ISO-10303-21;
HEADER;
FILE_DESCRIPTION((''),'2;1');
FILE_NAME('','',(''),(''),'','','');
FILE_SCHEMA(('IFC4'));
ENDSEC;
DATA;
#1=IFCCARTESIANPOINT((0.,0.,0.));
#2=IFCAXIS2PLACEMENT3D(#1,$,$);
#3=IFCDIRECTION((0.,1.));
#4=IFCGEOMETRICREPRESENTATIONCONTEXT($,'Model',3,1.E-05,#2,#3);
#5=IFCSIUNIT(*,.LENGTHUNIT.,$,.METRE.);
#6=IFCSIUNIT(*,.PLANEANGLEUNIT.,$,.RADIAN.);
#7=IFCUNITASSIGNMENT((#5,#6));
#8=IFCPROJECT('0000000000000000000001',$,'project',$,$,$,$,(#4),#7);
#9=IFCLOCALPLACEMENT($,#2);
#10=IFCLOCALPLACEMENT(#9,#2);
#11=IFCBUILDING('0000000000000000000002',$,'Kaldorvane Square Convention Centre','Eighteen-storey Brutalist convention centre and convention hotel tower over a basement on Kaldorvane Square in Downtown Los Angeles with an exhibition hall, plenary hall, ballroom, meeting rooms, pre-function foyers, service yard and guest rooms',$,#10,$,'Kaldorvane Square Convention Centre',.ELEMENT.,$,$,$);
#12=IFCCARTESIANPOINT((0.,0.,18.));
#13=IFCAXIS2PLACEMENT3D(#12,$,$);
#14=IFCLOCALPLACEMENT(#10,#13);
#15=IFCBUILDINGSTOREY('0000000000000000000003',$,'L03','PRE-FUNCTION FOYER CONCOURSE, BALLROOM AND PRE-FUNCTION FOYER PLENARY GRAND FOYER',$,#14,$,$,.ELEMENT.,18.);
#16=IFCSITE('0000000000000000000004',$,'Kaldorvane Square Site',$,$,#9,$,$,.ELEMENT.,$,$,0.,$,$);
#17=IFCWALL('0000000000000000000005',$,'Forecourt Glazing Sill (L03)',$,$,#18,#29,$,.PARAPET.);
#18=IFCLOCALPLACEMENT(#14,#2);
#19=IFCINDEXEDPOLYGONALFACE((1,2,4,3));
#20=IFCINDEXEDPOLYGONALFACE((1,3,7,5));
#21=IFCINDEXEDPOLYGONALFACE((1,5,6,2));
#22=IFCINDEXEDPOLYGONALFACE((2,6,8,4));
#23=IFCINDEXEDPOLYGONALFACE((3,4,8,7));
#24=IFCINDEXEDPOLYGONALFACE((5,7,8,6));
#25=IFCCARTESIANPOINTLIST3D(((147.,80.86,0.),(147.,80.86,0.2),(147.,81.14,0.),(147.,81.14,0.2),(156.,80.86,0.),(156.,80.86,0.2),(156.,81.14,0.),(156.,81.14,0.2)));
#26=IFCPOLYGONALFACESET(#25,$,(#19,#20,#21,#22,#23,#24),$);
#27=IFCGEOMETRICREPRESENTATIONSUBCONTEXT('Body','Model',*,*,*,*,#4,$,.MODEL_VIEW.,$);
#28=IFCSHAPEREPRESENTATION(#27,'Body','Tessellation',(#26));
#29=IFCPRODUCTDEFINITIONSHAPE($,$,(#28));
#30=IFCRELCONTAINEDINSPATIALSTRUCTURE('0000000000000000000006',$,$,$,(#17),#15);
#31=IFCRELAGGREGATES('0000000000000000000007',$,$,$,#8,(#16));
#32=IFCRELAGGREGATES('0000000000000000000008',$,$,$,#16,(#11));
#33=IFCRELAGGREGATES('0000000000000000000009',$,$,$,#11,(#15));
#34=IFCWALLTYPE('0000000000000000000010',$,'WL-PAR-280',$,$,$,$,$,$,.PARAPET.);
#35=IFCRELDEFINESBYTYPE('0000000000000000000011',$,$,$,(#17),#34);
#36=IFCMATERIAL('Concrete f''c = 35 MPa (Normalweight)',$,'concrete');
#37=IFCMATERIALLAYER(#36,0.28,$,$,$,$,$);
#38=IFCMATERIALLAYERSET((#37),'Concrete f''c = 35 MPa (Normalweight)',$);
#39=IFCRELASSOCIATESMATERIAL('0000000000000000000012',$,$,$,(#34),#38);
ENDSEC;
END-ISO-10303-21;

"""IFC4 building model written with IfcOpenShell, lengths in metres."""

from ifc_helpers import new_model, si_unit, direction, frame, frame_2d, origin, place, context, subcontext, project, spatial, rectangle, extrude, material, layer, layer_set, type_object, element, save


model = new_model("IFC4")

# Units and contexts
model_context = context("Model", 3, precision=1e-05, world=origin(), true_north=direction((0.0, 1.0)))
body_context = subcontext(model_context, "Body", "Model", "MODEL_VIEW")
ifc_project = project(units=[si_unit("LENGTHUNIT", "METRE"), si_unit("PLANEANGLEUNIT", "RADIAN")], contexts=[model_context])

# Site, building, storey
site_placement = place(None, origin())
site = spatial("IfcSite", under=ifc_project, at=site_placement, Name="Kaldorvane Square Site", CompositionType="ELEMENT", RefElevation=0.0)
building_placement = place(site_placement, origin())
building = spatial("IfcBuilding", under=site, at=building_placement, Name="Kaldorvane Square Convention Centre", Description="Eighteen-storey Brutalist convention centre and convention hotel tower over a basement on Kaldorvane Square in Downtown Los Angeles with an exhibition hall, plenary hall, ballroom, meeting rooms, pre-function foyers, service yard and guest rooms", LongName="Kaldorvane Square Convention Centre", CompositionType="ELEMENT")
storey_placement = place(building_placement, frame((0.0, 0.0, 18.0)))
storey = spatial("IfcBuildingStorey", under=building, at=storey_placement, Name="L03", Description="PRE-FUNCTION FOYER CONCOURSE, BALLROOM AND PRE-FUNCTION FOYER PLENARY GRAND FOYER", CompositionType="ELEMENT", Elevation=18.0)

# Wall
ifc_material_1 = material(Name="Concrete f'c = 35 MPa (Normalweight)", Category="concrete")
ifc_layer_1 = layer(ifc_material_1, 0.28)
ifc_layer_set_1 = layer_set([ifc_layer_1], Name="Concrete f'c = 35 MPa (Normalweight)")
wall_type_1 = type_object("IfcWallType", Name="WL-PAR-280", PredefinedType="PARAPET", material=ifc_layer_set_1)
for number, where, z_axis, x_axis, name in (
    (1, (147.0, 81.0, 0.0), (0.0, 0.0, 1.0), (1.0, 0.0, 0.0), "Forecourt Glazing Sill (L03)"),
):
    element("IfcWall", number, at=place(storey_placement, frame(where, z_axis=z_axis, x_axis=x_axis)), inside=storey, type_object=wall_type_1, Name=name, PredefinedType="PARAPET", context=body_context, shape_type="SweptSolid", body=[
        extrude(rectangle(XDim=9.0, YDim=0.28, at=frame_2d((4.5, 0.0))), origin(), (0.0, 0.0, 1.0), 0.2),
    ])

save(model, "model.ifc")
